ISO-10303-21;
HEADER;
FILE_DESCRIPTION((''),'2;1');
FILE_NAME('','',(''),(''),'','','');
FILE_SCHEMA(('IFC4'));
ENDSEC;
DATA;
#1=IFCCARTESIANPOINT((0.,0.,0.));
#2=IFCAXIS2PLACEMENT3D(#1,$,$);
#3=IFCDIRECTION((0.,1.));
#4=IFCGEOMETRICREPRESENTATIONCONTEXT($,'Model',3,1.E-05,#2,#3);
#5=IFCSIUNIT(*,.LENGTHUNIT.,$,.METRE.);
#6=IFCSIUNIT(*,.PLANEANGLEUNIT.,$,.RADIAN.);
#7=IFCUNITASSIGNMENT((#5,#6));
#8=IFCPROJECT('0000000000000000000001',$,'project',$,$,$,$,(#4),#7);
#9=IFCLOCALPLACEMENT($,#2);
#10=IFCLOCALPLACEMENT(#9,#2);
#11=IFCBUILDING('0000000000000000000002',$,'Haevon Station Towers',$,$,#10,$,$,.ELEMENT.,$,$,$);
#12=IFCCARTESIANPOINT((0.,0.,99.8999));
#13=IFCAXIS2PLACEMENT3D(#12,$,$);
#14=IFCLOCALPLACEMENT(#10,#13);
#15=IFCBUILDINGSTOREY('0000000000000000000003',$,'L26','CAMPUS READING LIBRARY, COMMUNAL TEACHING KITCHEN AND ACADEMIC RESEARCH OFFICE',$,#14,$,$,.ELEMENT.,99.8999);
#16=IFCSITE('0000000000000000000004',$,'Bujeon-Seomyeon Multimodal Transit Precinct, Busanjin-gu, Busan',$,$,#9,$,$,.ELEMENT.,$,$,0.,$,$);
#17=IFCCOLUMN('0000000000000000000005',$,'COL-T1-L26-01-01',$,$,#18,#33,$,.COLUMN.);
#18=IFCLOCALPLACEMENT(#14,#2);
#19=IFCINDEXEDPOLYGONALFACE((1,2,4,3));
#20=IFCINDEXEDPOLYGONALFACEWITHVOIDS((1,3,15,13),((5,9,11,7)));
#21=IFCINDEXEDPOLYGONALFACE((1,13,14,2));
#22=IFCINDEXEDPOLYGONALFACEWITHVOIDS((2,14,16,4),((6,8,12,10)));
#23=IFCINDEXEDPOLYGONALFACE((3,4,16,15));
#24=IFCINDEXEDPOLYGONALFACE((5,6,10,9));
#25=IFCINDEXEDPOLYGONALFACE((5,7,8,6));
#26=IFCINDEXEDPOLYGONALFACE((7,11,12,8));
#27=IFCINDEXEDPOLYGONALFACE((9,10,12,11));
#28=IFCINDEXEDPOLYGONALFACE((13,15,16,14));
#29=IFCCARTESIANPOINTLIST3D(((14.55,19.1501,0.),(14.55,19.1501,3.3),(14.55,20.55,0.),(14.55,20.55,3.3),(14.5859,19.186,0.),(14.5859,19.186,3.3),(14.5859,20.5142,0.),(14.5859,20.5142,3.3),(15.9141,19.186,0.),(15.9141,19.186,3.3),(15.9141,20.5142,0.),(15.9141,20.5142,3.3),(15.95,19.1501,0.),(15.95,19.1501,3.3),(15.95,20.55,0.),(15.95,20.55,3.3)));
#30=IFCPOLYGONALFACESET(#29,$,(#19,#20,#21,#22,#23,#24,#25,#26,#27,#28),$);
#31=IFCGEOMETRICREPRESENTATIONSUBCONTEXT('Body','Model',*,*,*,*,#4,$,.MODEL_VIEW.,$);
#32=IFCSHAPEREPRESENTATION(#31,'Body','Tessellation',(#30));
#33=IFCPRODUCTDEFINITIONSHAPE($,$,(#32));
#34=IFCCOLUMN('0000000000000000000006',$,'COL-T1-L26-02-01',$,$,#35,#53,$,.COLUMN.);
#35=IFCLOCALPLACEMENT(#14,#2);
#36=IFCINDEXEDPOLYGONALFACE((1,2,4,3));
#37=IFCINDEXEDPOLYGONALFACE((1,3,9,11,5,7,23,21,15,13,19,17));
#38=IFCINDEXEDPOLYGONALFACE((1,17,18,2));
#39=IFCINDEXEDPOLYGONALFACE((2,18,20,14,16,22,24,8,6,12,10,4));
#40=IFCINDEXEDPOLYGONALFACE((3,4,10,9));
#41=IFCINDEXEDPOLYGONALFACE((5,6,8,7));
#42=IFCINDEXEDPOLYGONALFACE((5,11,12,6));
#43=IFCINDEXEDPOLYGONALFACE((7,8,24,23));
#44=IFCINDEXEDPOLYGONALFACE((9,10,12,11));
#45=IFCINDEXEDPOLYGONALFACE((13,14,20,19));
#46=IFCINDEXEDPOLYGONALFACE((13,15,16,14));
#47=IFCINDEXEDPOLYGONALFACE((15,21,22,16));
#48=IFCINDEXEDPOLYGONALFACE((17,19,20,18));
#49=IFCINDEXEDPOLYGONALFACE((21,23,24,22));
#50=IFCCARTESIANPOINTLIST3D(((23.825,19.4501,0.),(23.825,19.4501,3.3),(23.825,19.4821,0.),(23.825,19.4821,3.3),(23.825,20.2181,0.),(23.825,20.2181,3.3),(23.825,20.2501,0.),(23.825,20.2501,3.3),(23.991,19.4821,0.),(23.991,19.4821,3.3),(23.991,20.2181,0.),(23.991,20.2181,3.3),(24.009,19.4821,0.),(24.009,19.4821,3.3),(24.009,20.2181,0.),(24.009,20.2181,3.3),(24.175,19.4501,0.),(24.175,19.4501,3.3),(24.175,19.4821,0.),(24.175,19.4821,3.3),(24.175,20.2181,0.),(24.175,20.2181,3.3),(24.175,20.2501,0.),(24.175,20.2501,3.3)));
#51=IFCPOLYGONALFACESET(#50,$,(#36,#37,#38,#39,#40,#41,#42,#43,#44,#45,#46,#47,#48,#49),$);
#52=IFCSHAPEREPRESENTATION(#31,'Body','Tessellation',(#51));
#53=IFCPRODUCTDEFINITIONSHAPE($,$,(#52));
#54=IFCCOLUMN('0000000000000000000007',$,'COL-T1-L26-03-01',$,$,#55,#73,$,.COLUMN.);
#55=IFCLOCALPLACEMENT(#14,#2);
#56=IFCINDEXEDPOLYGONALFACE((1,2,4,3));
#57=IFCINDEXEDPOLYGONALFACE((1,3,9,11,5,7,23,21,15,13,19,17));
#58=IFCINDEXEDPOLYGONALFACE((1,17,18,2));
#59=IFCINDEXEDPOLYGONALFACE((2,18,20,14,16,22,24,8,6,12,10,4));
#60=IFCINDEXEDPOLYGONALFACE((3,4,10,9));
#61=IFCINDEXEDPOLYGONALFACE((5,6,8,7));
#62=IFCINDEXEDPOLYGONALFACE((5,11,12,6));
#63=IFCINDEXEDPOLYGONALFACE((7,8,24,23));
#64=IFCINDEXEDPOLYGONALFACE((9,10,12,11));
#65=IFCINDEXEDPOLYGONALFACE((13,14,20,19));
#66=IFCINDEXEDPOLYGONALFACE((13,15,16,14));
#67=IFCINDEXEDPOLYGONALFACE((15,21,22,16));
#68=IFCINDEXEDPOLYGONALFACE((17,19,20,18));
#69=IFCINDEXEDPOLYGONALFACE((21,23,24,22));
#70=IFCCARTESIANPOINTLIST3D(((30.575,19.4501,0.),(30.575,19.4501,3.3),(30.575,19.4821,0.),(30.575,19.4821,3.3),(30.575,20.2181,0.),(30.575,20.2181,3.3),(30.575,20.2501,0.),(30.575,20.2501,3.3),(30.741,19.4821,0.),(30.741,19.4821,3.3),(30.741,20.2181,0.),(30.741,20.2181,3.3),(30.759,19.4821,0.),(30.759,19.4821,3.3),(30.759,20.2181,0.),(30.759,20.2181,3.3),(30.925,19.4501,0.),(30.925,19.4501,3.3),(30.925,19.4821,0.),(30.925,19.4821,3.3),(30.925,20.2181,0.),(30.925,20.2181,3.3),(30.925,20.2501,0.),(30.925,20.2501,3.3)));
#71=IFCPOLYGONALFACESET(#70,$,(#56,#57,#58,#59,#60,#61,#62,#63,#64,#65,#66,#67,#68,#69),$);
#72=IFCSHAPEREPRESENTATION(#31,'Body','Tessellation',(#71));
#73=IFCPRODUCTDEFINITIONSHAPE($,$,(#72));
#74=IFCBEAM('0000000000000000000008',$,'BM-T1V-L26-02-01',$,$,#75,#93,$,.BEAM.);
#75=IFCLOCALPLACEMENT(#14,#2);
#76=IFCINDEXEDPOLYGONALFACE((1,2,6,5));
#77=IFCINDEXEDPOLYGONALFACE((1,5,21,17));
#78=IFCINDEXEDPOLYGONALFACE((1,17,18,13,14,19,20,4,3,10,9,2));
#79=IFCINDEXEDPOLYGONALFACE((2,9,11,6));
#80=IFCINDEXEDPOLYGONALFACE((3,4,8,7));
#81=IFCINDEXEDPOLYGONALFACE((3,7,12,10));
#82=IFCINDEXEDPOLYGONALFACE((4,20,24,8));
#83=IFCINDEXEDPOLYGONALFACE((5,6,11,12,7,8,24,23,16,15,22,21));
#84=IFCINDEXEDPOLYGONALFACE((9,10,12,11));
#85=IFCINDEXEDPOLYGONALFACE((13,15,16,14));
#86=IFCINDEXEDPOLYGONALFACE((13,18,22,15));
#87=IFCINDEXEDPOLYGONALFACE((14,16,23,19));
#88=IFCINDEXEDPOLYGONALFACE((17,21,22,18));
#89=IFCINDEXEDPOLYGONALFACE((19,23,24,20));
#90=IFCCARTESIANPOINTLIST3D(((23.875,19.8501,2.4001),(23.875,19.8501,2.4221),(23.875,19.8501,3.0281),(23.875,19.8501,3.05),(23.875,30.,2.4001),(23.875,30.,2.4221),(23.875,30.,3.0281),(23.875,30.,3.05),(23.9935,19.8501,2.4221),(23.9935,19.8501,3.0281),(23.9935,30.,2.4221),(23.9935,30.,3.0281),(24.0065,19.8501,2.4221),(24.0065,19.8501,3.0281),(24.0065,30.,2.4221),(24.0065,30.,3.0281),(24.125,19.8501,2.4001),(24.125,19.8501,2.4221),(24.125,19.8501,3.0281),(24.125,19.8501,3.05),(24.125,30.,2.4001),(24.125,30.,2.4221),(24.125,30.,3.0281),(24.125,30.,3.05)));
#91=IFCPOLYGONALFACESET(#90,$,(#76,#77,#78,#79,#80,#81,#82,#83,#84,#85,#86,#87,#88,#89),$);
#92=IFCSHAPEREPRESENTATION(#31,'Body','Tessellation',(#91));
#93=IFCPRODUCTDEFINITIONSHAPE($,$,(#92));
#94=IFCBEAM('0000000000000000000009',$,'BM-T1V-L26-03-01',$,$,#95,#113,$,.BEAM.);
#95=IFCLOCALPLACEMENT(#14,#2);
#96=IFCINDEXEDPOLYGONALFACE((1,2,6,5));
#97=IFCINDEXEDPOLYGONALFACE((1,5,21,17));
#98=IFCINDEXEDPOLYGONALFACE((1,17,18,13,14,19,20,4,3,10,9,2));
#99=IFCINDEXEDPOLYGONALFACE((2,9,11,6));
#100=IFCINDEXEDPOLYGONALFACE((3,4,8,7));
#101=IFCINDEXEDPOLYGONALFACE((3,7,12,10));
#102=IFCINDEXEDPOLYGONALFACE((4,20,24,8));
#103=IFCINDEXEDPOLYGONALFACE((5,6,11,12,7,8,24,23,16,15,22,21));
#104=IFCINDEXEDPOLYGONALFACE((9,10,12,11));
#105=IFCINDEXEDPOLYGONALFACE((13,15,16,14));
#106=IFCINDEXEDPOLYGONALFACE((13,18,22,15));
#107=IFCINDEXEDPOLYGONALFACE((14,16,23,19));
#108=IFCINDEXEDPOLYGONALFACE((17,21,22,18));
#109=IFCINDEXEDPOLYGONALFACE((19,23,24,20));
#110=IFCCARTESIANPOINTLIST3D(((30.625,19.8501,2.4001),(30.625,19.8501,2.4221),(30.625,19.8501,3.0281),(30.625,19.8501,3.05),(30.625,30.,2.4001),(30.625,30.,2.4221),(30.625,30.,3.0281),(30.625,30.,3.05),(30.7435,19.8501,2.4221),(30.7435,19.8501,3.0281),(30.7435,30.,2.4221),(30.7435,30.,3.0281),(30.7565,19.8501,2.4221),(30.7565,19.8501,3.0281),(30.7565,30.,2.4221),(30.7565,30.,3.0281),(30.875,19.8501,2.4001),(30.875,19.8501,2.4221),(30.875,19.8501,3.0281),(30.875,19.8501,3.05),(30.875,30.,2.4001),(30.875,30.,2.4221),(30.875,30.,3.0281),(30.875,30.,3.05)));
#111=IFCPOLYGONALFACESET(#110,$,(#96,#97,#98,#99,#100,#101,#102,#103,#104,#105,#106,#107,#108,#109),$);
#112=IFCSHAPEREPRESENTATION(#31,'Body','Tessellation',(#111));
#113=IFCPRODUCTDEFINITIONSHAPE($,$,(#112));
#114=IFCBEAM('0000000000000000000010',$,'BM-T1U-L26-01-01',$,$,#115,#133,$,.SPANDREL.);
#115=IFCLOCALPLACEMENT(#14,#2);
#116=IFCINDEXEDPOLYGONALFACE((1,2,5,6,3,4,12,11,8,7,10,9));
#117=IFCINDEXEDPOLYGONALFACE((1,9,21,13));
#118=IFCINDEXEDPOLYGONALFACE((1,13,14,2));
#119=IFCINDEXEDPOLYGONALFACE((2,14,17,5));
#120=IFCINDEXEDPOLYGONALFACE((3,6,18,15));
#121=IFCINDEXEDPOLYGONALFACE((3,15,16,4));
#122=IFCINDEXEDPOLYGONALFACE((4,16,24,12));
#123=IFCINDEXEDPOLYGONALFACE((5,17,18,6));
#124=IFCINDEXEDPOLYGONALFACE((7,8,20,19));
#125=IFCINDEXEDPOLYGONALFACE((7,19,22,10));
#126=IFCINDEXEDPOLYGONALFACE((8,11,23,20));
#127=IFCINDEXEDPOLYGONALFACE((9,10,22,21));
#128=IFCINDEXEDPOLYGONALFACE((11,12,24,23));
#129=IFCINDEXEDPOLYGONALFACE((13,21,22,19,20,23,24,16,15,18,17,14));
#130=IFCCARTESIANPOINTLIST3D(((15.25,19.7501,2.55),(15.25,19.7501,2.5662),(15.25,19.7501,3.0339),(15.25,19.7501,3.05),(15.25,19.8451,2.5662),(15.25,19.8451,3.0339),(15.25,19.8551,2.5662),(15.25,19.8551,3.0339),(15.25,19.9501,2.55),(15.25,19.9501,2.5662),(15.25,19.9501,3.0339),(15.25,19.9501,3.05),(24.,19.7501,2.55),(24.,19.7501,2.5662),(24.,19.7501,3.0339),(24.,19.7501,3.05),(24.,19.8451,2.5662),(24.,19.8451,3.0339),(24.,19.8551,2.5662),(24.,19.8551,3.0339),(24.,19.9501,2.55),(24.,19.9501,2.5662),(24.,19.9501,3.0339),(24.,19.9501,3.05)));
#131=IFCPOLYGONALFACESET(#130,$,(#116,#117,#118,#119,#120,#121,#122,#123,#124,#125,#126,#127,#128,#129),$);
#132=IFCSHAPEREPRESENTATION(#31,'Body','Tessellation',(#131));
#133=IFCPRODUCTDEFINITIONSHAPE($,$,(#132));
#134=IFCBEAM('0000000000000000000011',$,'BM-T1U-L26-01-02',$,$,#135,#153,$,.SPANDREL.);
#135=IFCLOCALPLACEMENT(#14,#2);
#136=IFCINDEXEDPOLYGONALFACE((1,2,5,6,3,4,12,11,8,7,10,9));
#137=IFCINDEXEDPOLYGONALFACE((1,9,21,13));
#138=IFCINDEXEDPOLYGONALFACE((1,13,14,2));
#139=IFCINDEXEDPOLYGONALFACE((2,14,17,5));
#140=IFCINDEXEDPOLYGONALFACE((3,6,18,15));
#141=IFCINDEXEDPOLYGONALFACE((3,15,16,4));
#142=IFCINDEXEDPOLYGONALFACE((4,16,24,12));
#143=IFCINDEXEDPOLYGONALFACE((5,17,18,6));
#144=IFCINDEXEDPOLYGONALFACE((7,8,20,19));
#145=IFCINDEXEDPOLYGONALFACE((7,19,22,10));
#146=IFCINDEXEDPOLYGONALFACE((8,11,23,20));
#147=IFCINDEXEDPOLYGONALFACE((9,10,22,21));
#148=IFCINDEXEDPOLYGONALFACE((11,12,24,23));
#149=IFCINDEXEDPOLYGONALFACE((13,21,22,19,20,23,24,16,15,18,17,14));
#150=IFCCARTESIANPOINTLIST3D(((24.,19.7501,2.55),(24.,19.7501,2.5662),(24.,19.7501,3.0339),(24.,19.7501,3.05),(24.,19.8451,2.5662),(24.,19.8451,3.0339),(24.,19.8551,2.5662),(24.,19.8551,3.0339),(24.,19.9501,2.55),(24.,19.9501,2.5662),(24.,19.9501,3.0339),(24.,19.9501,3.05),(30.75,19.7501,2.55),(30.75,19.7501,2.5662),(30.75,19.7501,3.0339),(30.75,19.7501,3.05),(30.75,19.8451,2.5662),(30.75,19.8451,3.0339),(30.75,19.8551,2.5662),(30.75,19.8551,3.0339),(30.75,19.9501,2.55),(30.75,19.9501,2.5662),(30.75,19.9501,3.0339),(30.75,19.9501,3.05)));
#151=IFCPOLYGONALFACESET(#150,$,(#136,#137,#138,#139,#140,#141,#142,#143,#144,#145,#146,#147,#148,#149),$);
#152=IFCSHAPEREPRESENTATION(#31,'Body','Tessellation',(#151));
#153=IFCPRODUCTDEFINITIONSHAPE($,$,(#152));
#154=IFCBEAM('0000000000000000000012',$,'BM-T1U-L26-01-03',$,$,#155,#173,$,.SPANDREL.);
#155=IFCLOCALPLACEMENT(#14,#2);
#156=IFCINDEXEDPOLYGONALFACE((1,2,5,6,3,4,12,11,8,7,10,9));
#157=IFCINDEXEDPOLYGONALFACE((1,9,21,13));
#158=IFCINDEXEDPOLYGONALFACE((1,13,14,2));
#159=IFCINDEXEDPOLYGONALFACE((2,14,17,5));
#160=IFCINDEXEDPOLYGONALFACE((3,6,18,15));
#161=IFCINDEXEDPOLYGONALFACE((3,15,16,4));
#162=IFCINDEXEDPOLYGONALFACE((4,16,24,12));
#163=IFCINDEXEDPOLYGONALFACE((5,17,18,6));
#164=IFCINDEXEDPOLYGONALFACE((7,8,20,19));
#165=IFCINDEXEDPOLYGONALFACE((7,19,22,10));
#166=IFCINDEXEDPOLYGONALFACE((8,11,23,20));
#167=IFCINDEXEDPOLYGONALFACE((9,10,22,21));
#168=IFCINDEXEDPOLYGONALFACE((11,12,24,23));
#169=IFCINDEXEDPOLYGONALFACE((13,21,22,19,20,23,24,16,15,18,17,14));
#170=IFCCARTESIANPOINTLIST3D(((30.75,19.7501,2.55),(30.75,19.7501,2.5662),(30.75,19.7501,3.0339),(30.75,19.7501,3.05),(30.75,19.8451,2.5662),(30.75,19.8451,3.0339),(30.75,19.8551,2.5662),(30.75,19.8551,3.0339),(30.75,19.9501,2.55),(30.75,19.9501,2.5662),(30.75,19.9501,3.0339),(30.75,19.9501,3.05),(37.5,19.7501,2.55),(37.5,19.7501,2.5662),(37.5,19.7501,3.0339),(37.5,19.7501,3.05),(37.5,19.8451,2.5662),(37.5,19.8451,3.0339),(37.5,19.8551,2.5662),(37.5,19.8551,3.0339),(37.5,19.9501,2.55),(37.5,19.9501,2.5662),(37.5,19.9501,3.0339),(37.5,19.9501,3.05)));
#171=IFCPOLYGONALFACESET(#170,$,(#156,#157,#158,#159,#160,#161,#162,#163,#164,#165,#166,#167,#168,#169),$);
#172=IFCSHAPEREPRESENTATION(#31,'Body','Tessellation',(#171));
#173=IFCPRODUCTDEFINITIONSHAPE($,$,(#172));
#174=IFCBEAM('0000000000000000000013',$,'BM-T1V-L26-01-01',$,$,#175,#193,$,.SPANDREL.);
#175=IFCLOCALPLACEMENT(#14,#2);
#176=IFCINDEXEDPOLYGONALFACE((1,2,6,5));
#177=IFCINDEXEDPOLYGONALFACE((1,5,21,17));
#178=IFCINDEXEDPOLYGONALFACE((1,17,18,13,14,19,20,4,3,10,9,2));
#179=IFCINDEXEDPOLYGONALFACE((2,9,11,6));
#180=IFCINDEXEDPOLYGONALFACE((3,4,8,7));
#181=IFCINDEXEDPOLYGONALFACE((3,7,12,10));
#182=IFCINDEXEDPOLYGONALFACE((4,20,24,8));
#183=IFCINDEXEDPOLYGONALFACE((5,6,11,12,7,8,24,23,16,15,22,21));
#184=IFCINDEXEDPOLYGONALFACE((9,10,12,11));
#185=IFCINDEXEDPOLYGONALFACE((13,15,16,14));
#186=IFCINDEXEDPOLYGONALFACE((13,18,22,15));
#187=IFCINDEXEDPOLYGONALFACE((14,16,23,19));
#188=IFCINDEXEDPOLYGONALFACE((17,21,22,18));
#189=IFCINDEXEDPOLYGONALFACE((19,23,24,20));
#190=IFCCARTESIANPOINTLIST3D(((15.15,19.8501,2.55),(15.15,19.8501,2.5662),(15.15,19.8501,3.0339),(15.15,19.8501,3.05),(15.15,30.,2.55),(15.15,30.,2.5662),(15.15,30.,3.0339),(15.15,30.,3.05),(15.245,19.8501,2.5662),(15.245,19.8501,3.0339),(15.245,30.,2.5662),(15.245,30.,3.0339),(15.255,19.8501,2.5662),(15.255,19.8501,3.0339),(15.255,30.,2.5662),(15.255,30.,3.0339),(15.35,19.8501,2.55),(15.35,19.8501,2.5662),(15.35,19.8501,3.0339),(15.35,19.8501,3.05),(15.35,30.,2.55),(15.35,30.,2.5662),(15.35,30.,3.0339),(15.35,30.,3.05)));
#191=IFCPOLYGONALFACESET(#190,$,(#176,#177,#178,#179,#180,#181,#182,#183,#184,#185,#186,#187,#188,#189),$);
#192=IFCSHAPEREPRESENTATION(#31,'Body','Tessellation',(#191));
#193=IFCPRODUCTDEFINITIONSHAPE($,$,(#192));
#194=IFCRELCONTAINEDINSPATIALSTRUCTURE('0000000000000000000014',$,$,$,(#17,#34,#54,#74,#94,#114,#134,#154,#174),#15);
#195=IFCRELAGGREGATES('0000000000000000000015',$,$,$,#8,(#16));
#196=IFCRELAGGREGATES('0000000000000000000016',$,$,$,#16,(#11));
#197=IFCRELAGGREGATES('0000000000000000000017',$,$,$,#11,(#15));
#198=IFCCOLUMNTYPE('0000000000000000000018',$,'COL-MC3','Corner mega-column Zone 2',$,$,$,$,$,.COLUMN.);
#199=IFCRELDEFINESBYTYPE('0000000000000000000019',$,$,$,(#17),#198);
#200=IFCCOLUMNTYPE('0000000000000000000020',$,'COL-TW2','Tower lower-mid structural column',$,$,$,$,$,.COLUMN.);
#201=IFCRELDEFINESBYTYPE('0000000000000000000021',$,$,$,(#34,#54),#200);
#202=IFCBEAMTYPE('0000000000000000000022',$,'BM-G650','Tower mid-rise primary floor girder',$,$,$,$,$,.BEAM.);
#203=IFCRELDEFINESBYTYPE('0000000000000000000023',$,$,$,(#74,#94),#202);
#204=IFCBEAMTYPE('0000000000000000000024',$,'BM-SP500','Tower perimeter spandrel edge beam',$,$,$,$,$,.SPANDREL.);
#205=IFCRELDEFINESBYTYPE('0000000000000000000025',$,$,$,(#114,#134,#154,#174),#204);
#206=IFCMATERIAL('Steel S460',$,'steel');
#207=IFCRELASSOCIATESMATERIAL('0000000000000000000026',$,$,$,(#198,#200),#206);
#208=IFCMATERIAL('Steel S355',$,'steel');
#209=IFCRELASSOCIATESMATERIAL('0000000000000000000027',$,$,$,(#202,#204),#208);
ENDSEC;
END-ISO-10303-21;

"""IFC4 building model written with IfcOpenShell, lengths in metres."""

from ifc_helpers import new_model, si_unit, direction, frame, origin, origin_2d, place, context, subcontext, project, spatial, hollow_rectangle, i_section, extrude, material, material_profile, profile_set, type_object, element, save


model = new_model("IFC4")

# Units and contexts
model_context = context("Model", 3, precision=1e-05, world=origin(), true_north=direction((0.0, 1.0)))
body_context = subcontext(model_context, "Body", "Model", "MODEL_VIEW")
ifc_project = project(units=[si_unit("LENGTHUNIT", "METRE"), si_unit("PLANEANGLEUNIT", "RADIAN")], contexts=[model_context])

# Site, building, storey
site_placement = place(None, origin())
site = spatial("IfcSite", under=ifc_project, at=site_placement, Name="Bujeon-Seomyeon Multimodal Transit Precinct, Busanjin-gu, Busan", CompositionType="ELEMENT", RefElevation=0.0)
building_placement = place(site_placement, origin())
building = spatial("IfcBuilding", under=site, at=building_placement, Name="Haevon Station Towers", CompositionType="ELEMENT")
storey_placement = place(building_placement, frame((0.0, 0.0, 99.8999)))
storey = spatial("IfcBuildingStorey", under=building, at=storey_placement, Name="L26", Description="CAMPUS READING LIBRARY, COMMUNAL TEACHING KITCHEN AND ACADEMIC RESEARCH OFFICE", CompositionType="ELEMENT", Elevation=99.8999)

# Columns
ifc_material_1 = material(Name="Steel S460", Category="steel")
ifc_material_profile_1 = material_profile(ifc_material_1, hollow_rectangle(XDim=1.3999, YDim=1.3999, WallThickness=0.0359, at=origin_2d()), Name="BOX-1400x1400x36")
ifc_profile_set_1 = profile_set([ifc_material_profile_1], Name="Steel S460")
column_type_1 = type_object("IfcColumnType", Name="COL-MC3", Description="Corner mega-column Zone 2", PredefinedType="COLUMN", material=ifc_profile_set_1)
column_placement = place(storey_placement, frame((15.25, 19.8501, 0.0), z_axis=(0.0, 0.0, 1.0), x_axis=(1.0, 0.0, 0.0)))
element("IfcColumn", 1, at=column_placement, inside=storey, type_object=column_type_1, Name="COL-T1-L26-01-01", PredefinedType="COLUMN", context=body_context, shape_type="SweptSolid", body=[
    extrude(hollow_rectangle(XDim=1.3999, YDim=1.3999, WallThickness=0.0359, at=origin_2d()), origin(), (0.0, 0.0, 1.0), 3.3),
])
ifc_material_profile_2 = material_profile(ifc_material_1, i_section(OverallWidth=0.3501, OverallDepth=0.8, WebThickness=0.0181, FlangeThickness=0.032, at=origin_2d()), Name="H-800x350x18x32")
ifc_profile_set_2 = profile_set([ifc_material_profile_2], Name="Steel S460")
column_type_2 = type_object("IfcColumnType", Name="COL-TW2", Description="Tower lower-mid structural column", PredefinedType="COLUMN", material=ifc_profile_set_2)
for number, where, z_axis, x_axis, name in (
    (2, (24.0, 19.8501, 0.0), (0.0, 0.0, 1.0), (1.0, 0.0, 0.0), "COL-T1-L26-02-01"),
    (3, (30.75, 19.8501, 0.0), (0.0, 0.0, 1.0), (1.0, 0.0, 0.0), "COL-T1-L26-03-01"),
):
    element("IfcColumn", number, at=place(storey_placement, frame(where, z_axis=z_axis, x_axis=x_axis)), inside=storey, type_object=column_type_2, Name=name, PredefinedType="COLUMN", context=body_context, shape_type="SweptSolid", body=[
        extrude(i_section(OverallWidth=0.3501, OverallDepth=0.8, WebThickness=0.0181, FlangeThickness=0.032, at=origin_2d()), origin(), (0.0, 0.0, 1.0), 3.3),
    ])

# Beams
ifc_material_2 = material(Name="Steel S355", Category="steel")
ifc_material_profile_3 = material_profile(ifc_material_2, i_section(OverallWidth=0.25, OverallDepth=0.6499, WebThickness=0.0129, FlangeThickness=0.022, at=origin_2d()), Name="H-650x250x13x22")
ifc_profile_set_3 = profile_set([ifc_material_profile_3], Name="Steel S355")
beam_type_1 = type_object("IfcBeamType", Name="BM-G650", Description="Tower mid-rise primary floor girder", PredefinedType="BEAM", material=ifc_profile_set_3)
for number, where, z_axis, x_axis, name in (
    (4, (24.0, 19.8501, 2.7251), (0.0, 1.0, 0.0), (-1.0, 0.0, 0.0), "BM-T1V-L26-02-01"),
    (5, (30.75, 19.8501, 2.7251), (0.0, 1.0, 0.0), (-1.0, 0.0, 0.0), "BM-T1V-L26-03-01"),
):
    element("IfcBeam", number, at=place(storey_placement, frame(where, z_axis=z_axis, x_axis=x_axis)), inside=storey, type_object=beam_type_1, Name=name, PredefinedType="BEAM", context=body_context, shape_type="SweptSolid", body=[
        extrude(i_section(OverallWidth=0.25, OverallDepth=0.6499, WebThickness=0.0129, FlangeThickness=0.022, at=origin_2d()), origin(), (0.0, 0.0, 1.0), 10.1499),
    ])
ifc_material_profile_4 = material_profile(ifc_material_2, i_section(OverallWidth=0.2, OverallDepth=0.5, WebThickness=0.01, FlangeThickness=0.0161, at=origin_2d()), Name="H-500x200x10x16")
ifc_profile_set_4 = profile_set([ifc_material_profile_4], Name="Steel S355")
beam_type_2 = type_object("IfcBeamType", Name="BM-SP500", Description="Tower perimeter spandrel edge beam", PredefinedType="SPANDREL", material=ifc_profile_set_4)
beam_1_placement = place(storey_placement, frame((15.25, 19.8501, 2.8), z_axis=(1.0, 0.0, 0.0), x_axis=(0.0, 1.0, 0.0)))
element("IfcBeam", 6, at=beam_1_placement, inside=storey, type_object=beam_type_2, Name="BM-T1U-L26-01-01", PredefinedType="SPANDREL", context=body_context, shape_type="SweptSolid", body=[
    extrude(i_section(OverallWidth=0.2, OverallDepth=0.5, WebThickness=0.01, FlangeThickness=0.0161, at=origin_2d()), origin(), (0.0, 0.0, 1.0), 8.75),
])
for number, where, z_axis, x_axis, name in (
    (7, (24.0, 19.8501, 2.8), (1.0, 0.0, 0.0), (0.0, 1.0, 0.0), "BM-T1U-L26-01-02"),
    (8, (30.75, 19.8501, 2.8), (1.0, 0.0, 0.0), (0.0, 1.0, 0.0), "BM-T1U-L26-01-03"),
):
    element("IfcBeam", number, at=place(storey_placement, frame(where, z_axis=z_axis, x_axis=x_axis)), inside=storey, type_object=beam_type_2, Name=name, PredefinedType="SPANDREL", context=body_context, shape_type="SweptSolid", body=[
        extrude(i_section(OverallWidth=0.2, OverallDepth=0.5, WebThickness=0.01, FlangeThickness=0.0161, at=origin_2d()), origin(), (0.0, 0.0, 1.0), 6.75),
    ])
beam_2_placement = place(storey_placement, frame((15.25, 19.8501, 2.8), z_axis=(0.0, 1.0, 0.0), x_axis=(-1.0, 0.0, 0.0)))
element("IfcBeam", 9, at=beam_2_placement, inside=storey, type_object=beam_type_2, Name="BM-T1V-L26-01-01", PredefinedType="SPANDREL", context=body_context, shape_type="SweptSolid", body=[
    extrude(i_section(OverallWidth=0.2, OverallDepth=0.5, WebThickness=0.01, FlangeThickness=0.0161, at=origin_2d()), origin(), (0.0, 0.0, 1.0), 10.1499),
])

save(model, "model.ifc")
